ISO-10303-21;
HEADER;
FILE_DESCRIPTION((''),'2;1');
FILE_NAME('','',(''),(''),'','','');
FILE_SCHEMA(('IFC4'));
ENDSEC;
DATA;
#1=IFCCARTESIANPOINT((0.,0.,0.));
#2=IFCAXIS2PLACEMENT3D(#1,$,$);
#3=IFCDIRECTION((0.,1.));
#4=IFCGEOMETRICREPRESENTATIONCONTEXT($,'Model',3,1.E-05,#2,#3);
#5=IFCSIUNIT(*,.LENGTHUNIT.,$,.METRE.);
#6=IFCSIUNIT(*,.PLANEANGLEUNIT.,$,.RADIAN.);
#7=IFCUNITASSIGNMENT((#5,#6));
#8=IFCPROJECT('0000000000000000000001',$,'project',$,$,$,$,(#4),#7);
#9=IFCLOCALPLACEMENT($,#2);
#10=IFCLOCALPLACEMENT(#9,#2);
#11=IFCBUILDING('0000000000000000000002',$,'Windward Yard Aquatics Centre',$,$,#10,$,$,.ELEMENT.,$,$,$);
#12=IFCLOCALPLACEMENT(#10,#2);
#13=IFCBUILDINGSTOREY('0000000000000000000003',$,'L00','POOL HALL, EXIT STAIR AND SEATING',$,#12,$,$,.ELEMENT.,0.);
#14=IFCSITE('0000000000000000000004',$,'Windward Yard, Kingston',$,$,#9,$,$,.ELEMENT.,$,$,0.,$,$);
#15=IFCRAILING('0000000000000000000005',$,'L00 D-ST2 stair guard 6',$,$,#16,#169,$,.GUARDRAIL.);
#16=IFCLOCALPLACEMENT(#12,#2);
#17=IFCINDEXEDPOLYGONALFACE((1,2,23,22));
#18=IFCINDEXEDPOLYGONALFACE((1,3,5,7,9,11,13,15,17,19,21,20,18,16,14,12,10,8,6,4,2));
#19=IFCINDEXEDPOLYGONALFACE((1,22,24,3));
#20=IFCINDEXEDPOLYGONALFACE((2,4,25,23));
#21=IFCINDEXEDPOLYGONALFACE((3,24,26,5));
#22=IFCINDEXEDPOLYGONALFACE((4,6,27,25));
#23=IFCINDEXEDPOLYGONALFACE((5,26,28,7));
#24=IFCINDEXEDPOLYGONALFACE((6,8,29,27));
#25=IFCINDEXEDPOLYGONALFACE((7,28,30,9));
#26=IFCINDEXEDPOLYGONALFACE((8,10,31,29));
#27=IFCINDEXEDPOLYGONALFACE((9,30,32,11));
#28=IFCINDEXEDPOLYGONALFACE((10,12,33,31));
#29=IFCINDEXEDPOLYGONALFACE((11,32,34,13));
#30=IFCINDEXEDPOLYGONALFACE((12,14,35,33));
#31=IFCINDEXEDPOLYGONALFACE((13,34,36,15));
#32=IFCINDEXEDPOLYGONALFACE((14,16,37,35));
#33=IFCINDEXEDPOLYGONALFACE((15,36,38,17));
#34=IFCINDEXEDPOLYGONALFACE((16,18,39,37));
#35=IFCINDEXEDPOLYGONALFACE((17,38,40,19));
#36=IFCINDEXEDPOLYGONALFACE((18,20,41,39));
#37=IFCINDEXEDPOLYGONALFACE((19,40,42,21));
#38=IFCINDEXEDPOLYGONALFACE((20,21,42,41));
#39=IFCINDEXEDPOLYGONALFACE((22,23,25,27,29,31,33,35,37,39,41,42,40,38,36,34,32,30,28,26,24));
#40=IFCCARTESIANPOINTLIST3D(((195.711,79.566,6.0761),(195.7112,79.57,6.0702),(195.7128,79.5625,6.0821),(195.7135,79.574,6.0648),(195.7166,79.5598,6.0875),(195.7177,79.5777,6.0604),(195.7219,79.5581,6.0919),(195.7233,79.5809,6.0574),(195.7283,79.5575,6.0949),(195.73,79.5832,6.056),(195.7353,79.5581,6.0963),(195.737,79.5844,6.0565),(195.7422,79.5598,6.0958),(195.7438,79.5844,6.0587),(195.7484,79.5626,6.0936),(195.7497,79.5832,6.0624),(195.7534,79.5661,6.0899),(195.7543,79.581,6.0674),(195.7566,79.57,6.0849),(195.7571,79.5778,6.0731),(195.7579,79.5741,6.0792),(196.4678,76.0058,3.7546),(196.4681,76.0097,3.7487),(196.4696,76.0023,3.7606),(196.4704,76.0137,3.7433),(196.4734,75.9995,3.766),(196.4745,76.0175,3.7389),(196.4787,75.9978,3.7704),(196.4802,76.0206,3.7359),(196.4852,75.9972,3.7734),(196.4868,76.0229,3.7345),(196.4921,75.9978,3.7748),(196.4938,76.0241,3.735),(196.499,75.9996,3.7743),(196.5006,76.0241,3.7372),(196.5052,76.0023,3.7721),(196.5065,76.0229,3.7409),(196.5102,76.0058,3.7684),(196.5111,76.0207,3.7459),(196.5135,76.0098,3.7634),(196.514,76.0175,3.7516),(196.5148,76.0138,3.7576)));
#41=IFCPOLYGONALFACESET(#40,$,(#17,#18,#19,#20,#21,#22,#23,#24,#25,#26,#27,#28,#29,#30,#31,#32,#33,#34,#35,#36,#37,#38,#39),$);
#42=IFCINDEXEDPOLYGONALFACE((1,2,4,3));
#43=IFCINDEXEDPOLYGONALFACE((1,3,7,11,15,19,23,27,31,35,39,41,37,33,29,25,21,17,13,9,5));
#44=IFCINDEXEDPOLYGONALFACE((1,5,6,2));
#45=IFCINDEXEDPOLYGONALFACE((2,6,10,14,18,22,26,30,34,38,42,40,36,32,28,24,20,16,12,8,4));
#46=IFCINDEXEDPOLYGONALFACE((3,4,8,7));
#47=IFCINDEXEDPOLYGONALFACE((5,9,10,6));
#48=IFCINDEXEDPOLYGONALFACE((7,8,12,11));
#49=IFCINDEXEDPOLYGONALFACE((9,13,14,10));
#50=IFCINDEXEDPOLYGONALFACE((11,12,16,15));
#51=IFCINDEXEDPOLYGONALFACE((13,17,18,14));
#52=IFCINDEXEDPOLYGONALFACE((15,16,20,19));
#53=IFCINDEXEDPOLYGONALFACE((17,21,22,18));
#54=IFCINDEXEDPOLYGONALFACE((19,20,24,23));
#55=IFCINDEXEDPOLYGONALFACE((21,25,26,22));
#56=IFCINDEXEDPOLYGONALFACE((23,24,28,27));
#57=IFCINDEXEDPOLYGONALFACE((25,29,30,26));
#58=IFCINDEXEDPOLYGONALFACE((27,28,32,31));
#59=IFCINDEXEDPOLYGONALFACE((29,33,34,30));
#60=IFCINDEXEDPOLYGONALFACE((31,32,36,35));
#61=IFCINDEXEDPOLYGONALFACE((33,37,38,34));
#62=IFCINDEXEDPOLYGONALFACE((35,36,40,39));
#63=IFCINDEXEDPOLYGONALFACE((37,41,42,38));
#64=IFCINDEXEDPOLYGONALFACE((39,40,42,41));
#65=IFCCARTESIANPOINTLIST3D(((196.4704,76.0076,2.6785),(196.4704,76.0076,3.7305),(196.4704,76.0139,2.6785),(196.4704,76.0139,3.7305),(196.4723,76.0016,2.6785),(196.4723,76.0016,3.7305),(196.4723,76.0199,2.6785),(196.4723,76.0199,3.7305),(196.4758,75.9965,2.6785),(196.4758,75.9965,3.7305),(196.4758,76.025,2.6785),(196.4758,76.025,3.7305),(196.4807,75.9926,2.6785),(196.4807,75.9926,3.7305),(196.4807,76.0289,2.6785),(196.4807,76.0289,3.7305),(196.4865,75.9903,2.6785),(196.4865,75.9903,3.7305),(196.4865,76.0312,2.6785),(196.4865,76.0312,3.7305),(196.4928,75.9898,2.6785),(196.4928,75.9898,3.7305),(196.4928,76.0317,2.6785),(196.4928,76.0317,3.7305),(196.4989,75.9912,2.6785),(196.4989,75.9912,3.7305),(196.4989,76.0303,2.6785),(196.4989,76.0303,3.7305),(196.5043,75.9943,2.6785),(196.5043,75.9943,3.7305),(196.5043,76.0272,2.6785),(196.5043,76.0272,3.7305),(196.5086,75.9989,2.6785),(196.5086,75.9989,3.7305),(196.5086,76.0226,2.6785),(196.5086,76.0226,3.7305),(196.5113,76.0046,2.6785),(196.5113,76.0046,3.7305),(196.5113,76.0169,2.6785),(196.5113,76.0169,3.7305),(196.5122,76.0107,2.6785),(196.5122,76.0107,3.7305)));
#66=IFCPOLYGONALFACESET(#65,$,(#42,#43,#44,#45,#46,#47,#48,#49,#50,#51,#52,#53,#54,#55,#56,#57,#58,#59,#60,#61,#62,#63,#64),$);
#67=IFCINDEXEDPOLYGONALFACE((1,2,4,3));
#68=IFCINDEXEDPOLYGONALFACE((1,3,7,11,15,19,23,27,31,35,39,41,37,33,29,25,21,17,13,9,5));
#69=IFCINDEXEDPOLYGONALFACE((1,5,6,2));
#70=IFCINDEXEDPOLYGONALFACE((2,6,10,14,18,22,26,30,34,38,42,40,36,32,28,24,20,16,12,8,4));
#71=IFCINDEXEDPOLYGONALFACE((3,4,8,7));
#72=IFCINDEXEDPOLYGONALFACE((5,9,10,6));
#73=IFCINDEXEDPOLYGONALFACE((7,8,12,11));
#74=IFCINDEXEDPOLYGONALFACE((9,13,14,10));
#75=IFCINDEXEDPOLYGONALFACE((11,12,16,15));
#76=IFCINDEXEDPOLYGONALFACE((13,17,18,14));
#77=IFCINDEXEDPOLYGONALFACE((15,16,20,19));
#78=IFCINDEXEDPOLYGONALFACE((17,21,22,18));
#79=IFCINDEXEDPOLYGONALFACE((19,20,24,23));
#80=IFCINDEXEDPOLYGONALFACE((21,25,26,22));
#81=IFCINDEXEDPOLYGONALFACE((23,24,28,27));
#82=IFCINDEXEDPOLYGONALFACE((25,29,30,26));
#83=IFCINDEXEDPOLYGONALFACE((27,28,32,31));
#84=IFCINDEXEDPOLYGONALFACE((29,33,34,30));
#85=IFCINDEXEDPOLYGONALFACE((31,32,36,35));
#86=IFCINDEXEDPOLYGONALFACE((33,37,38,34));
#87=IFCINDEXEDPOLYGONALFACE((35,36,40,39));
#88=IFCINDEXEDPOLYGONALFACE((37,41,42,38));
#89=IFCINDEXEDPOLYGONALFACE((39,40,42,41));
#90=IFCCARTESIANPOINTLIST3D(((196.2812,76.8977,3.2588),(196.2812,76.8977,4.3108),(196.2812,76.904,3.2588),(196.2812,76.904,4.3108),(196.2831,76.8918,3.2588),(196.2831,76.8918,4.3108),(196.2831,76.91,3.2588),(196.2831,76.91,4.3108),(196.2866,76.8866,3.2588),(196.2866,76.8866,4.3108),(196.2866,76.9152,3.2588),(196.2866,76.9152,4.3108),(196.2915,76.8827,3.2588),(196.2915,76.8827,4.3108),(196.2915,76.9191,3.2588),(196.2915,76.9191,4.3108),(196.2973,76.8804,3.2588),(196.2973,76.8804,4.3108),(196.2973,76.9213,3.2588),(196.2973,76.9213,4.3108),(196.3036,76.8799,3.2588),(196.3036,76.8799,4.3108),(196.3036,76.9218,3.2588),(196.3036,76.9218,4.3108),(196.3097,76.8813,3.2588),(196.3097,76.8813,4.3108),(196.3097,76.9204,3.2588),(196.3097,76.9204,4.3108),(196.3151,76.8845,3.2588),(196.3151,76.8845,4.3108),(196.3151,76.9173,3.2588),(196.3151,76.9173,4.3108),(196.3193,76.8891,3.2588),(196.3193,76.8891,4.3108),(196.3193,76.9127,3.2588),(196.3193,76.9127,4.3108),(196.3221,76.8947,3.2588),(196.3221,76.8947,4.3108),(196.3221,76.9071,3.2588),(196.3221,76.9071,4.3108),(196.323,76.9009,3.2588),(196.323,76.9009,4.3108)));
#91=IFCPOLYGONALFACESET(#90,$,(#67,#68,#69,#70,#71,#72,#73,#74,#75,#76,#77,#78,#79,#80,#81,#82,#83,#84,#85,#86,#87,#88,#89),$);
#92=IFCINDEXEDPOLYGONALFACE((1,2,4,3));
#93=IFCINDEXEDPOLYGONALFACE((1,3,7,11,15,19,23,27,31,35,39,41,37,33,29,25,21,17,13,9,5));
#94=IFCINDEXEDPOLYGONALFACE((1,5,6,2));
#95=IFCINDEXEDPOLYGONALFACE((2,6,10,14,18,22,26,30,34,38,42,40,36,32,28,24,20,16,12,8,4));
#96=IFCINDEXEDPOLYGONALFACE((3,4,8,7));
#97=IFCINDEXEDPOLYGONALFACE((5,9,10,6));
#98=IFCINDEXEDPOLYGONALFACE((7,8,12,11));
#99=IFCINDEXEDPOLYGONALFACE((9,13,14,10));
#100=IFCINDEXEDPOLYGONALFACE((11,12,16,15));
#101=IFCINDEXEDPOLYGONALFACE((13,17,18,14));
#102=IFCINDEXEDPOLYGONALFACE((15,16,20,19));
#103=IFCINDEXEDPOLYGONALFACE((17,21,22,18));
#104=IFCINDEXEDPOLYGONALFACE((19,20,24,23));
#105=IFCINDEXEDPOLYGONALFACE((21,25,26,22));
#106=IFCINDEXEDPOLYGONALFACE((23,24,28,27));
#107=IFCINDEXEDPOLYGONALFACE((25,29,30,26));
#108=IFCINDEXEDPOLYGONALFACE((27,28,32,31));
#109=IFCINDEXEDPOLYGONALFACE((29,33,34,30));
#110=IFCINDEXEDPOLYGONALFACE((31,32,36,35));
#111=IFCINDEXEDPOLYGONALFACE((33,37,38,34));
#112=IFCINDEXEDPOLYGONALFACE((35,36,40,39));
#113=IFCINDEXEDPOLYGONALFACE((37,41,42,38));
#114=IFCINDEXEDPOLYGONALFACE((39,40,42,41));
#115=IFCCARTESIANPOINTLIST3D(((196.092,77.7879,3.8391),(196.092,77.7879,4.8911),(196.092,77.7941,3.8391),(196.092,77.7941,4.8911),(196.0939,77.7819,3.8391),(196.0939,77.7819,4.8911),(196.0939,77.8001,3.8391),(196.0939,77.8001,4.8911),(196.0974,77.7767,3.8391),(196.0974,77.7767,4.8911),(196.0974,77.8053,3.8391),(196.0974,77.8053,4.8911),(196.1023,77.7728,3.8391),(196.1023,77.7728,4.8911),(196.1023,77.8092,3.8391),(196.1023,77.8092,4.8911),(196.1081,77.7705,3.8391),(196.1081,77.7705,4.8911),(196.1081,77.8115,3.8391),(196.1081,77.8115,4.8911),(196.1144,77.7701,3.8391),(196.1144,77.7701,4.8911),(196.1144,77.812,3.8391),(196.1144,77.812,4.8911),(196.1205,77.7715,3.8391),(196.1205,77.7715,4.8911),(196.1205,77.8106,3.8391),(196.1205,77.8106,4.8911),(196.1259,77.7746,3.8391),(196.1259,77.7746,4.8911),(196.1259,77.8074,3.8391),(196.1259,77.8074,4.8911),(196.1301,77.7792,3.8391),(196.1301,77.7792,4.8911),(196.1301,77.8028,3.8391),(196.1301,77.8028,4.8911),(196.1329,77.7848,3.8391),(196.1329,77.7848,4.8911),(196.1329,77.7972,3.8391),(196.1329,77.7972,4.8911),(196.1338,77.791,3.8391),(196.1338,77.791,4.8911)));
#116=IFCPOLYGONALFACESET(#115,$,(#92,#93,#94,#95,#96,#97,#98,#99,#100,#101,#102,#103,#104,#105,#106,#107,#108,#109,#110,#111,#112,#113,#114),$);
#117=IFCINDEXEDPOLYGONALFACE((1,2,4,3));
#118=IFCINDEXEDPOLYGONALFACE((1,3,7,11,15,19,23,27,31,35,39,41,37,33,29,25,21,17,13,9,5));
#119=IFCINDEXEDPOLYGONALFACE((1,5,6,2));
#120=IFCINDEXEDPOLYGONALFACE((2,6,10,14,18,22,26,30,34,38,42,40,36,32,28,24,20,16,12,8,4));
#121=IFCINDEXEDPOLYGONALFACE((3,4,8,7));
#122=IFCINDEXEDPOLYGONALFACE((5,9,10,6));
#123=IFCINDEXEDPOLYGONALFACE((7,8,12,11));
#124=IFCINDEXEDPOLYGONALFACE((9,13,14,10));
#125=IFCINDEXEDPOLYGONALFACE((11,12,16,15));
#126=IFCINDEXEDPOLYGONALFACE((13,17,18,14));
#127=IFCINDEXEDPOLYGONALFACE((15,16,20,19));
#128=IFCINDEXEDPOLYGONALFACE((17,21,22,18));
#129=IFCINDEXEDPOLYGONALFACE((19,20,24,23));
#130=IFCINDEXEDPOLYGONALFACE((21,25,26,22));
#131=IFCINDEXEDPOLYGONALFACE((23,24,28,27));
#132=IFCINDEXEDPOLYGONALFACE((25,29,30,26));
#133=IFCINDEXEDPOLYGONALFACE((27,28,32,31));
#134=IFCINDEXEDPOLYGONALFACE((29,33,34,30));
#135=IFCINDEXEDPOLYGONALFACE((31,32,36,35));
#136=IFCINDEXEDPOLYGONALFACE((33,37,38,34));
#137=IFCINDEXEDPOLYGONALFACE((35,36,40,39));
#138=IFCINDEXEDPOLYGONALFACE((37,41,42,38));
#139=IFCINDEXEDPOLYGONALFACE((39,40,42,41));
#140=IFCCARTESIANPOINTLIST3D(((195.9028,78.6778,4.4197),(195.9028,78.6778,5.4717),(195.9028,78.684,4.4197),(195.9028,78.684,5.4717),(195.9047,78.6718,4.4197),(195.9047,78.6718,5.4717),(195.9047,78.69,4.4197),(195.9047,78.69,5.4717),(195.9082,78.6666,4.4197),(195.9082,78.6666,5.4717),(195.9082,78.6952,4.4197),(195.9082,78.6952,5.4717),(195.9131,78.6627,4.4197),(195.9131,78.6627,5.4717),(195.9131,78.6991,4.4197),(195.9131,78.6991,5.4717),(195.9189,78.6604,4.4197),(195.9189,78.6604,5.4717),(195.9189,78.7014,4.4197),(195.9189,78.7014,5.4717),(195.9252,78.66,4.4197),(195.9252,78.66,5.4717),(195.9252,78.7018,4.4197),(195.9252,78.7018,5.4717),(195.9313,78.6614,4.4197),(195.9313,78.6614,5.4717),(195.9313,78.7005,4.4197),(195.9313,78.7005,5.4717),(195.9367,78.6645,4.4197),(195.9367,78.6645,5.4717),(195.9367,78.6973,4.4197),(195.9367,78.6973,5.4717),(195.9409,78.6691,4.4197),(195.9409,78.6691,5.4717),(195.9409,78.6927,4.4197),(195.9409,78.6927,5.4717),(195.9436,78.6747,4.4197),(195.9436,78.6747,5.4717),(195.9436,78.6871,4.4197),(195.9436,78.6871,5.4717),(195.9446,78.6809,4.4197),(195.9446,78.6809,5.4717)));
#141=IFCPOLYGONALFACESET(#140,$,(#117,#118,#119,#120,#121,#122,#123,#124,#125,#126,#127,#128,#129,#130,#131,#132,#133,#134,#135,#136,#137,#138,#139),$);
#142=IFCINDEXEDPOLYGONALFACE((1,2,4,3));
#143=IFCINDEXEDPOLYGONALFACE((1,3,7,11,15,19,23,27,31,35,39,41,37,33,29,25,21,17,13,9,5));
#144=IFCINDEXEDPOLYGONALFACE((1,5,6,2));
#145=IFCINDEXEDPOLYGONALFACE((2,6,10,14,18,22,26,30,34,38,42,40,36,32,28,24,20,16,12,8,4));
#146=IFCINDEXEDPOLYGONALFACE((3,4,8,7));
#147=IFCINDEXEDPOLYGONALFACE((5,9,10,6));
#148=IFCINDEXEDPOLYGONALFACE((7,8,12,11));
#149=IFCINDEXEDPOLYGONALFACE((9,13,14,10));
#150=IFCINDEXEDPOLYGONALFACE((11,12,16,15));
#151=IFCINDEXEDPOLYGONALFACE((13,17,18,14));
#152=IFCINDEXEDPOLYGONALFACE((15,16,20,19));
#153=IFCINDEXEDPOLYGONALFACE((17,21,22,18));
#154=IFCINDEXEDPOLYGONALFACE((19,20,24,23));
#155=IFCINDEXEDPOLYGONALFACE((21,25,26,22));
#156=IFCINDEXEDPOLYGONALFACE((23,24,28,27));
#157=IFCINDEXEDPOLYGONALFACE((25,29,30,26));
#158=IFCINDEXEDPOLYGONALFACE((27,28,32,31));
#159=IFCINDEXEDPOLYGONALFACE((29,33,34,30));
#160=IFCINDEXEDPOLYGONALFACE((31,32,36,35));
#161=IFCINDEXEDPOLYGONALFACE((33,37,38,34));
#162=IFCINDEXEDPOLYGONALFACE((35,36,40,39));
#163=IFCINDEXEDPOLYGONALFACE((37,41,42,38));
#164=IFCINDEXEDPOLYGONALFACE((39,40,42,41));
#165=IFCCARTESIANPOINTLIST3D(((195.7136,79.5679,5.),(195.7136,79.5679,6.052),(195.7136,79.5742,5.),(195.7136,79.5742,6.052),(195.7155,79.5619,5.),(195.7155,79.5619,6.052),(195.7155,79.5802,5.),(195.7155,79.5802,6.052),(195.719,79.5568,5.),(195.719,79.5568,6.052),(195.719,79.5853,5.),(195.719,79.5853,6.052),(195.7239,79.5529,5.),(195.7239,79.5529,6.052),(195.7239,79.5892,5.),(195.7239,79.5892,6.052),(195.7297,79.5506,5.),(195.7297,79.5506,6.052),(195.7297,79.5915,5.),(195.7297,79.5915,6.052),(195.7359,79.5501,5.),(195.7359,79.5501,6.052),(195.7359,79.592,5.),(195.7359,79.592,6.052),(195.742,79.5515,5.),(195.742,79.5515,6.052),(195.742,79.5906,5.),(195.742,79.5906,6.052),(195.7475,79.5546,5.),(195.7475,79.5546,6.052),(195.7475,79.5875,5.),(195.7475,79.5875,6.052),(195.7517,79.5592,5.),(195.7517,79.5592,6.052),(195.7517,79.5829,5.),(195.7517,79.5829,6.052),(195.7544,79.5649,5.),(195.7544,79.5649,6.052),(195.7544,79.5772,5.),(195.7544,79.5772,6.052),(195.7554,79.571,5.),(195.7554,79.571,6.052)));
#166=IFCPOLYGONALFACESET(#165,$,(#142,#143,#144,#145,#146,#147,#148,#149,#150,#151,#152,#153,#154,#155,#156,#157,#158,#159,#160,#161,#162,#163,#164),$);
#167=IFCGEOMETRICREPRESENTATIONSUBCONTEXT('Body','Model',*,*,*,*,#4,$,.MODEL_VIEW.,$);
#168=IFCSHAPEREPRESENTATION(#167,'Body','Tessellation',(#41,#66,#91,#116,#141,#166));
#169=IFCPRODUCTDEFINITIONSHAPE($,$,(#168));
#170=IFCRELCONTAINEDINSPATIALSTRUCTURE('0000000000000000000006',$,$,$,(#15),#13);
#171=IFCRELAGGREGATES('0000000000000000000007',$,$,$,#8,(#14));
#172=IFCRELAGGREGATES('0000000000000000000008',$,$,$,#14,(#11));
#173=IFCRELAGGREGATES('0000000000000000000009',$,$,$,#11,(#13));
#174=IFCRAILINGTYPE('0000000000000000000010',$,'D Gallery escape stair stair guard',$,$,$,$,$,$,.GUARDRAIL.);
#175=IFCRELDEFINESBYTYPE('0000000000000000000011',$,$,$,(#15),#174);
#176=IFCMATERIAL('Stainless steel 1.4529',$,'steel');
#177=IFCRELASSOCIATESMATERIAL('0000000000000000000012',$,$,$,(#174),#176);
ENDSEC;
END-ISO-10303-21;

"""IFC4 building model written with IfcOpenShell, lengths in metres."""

from ifc_helpers import new_model, si_unit, direction, frame, origin, origin_2d, place, context, subcontext, project, spatial, circle, extrude, material, type_object, element, save


model = new_model("IFC4")

# Units and contexts
model_context = context("Model", 3, precision=1e-05, world=origin(), true_north=direction((0.0, 1.0)))
body_context = subcontext(model_context, "Body", "Model", "MODEL_VIEW")
ifc_project = project(units=[si_unit("LENGTHUNIT", "METRE"), si_unit("PLANEANGLEUNIT", "RADIAN")], contexts=[model_context])

# Site, building, storey
site_placement = place(None, origin())
site = spatial("IfcSite", under=ifc_project, at=site_placement, Name="Windward Yard, Kingston", CompositionType="ELEMENT", RefElevation=0.0)
building_placement = place(site_placement, origin())
building = spatial("IfcBuilding", under=site, at=building_placement, Name="Windward Yard Aquatics Centre", CompositionType="ELEMENT")
storey_placement = place(building_placement, origin())
storey = spatial("IfcBuildingStorey", under=building, at=storey_placement, Name="L00", Description="POOL HALL, EXIT STAIR AND SEATING", CompositionType="ELEMENT", Elevation=0.0)

# Railing
ifc_material_1 = material(Name="Stainless steel 1.4529", Category="steel")
railing_type_1 = type_object("IfcRailingType", Name="D Gallery escape stair stair guard", PredefinedType="GUARDRAIL", material=ifc_material_1)
railing_1_placement = place(storey_placement, frame((196.4912, 76.0107, 2.6785)))
element("IfcRailing", 1, at=railing_1_placement, inside=storey, type_object=railing_type_1, Name="L00 D-ST2 stair guard 6", PredefinedType="GUARDRAIL", context=body_context, shape_type="SweptSolid", body=[
    extrude(circle(Radius=0.0239, at=origin_2d()), frame((0.0, 0.0, 1.0762), z_axis=(-0.175308, 0.824682, 0.537743), x_axis=(-0.978144, -0.20793, 0.0)), (0.0, 0.0, 1.0), 4.3171),
    extrude(circle(Radius=0.021, at=origin_2d()), origin(), (0.0, 0.0, 1.0), 1.052),
    extrude(circle(Radius=0.021, at=origin_2d()), frame((-0.1892, 0.8901, 0.5803)), (0.0, 0.0, 1.0), 1.052),
    extrude(circle(Radius=0.021, at=origin_2d()), frame((-0.3784, 1.7803, 1.1606)), (0.0, 0.0, 1.0), 1.052),
    extrude(circle(Radius=0.021, at=origin_2d()), frame((-0.5676, 2.6702, 1.7412)), (0.0, 0.0, 1.0), 1.052),
    extrude(circle(Radius=0.021, at=origin_2d()), frame((-0.7568, 3.5603, 2.3215)), (0.0, 0.0, 1.0), 1.052),
])

save(model, "model.ifc")
